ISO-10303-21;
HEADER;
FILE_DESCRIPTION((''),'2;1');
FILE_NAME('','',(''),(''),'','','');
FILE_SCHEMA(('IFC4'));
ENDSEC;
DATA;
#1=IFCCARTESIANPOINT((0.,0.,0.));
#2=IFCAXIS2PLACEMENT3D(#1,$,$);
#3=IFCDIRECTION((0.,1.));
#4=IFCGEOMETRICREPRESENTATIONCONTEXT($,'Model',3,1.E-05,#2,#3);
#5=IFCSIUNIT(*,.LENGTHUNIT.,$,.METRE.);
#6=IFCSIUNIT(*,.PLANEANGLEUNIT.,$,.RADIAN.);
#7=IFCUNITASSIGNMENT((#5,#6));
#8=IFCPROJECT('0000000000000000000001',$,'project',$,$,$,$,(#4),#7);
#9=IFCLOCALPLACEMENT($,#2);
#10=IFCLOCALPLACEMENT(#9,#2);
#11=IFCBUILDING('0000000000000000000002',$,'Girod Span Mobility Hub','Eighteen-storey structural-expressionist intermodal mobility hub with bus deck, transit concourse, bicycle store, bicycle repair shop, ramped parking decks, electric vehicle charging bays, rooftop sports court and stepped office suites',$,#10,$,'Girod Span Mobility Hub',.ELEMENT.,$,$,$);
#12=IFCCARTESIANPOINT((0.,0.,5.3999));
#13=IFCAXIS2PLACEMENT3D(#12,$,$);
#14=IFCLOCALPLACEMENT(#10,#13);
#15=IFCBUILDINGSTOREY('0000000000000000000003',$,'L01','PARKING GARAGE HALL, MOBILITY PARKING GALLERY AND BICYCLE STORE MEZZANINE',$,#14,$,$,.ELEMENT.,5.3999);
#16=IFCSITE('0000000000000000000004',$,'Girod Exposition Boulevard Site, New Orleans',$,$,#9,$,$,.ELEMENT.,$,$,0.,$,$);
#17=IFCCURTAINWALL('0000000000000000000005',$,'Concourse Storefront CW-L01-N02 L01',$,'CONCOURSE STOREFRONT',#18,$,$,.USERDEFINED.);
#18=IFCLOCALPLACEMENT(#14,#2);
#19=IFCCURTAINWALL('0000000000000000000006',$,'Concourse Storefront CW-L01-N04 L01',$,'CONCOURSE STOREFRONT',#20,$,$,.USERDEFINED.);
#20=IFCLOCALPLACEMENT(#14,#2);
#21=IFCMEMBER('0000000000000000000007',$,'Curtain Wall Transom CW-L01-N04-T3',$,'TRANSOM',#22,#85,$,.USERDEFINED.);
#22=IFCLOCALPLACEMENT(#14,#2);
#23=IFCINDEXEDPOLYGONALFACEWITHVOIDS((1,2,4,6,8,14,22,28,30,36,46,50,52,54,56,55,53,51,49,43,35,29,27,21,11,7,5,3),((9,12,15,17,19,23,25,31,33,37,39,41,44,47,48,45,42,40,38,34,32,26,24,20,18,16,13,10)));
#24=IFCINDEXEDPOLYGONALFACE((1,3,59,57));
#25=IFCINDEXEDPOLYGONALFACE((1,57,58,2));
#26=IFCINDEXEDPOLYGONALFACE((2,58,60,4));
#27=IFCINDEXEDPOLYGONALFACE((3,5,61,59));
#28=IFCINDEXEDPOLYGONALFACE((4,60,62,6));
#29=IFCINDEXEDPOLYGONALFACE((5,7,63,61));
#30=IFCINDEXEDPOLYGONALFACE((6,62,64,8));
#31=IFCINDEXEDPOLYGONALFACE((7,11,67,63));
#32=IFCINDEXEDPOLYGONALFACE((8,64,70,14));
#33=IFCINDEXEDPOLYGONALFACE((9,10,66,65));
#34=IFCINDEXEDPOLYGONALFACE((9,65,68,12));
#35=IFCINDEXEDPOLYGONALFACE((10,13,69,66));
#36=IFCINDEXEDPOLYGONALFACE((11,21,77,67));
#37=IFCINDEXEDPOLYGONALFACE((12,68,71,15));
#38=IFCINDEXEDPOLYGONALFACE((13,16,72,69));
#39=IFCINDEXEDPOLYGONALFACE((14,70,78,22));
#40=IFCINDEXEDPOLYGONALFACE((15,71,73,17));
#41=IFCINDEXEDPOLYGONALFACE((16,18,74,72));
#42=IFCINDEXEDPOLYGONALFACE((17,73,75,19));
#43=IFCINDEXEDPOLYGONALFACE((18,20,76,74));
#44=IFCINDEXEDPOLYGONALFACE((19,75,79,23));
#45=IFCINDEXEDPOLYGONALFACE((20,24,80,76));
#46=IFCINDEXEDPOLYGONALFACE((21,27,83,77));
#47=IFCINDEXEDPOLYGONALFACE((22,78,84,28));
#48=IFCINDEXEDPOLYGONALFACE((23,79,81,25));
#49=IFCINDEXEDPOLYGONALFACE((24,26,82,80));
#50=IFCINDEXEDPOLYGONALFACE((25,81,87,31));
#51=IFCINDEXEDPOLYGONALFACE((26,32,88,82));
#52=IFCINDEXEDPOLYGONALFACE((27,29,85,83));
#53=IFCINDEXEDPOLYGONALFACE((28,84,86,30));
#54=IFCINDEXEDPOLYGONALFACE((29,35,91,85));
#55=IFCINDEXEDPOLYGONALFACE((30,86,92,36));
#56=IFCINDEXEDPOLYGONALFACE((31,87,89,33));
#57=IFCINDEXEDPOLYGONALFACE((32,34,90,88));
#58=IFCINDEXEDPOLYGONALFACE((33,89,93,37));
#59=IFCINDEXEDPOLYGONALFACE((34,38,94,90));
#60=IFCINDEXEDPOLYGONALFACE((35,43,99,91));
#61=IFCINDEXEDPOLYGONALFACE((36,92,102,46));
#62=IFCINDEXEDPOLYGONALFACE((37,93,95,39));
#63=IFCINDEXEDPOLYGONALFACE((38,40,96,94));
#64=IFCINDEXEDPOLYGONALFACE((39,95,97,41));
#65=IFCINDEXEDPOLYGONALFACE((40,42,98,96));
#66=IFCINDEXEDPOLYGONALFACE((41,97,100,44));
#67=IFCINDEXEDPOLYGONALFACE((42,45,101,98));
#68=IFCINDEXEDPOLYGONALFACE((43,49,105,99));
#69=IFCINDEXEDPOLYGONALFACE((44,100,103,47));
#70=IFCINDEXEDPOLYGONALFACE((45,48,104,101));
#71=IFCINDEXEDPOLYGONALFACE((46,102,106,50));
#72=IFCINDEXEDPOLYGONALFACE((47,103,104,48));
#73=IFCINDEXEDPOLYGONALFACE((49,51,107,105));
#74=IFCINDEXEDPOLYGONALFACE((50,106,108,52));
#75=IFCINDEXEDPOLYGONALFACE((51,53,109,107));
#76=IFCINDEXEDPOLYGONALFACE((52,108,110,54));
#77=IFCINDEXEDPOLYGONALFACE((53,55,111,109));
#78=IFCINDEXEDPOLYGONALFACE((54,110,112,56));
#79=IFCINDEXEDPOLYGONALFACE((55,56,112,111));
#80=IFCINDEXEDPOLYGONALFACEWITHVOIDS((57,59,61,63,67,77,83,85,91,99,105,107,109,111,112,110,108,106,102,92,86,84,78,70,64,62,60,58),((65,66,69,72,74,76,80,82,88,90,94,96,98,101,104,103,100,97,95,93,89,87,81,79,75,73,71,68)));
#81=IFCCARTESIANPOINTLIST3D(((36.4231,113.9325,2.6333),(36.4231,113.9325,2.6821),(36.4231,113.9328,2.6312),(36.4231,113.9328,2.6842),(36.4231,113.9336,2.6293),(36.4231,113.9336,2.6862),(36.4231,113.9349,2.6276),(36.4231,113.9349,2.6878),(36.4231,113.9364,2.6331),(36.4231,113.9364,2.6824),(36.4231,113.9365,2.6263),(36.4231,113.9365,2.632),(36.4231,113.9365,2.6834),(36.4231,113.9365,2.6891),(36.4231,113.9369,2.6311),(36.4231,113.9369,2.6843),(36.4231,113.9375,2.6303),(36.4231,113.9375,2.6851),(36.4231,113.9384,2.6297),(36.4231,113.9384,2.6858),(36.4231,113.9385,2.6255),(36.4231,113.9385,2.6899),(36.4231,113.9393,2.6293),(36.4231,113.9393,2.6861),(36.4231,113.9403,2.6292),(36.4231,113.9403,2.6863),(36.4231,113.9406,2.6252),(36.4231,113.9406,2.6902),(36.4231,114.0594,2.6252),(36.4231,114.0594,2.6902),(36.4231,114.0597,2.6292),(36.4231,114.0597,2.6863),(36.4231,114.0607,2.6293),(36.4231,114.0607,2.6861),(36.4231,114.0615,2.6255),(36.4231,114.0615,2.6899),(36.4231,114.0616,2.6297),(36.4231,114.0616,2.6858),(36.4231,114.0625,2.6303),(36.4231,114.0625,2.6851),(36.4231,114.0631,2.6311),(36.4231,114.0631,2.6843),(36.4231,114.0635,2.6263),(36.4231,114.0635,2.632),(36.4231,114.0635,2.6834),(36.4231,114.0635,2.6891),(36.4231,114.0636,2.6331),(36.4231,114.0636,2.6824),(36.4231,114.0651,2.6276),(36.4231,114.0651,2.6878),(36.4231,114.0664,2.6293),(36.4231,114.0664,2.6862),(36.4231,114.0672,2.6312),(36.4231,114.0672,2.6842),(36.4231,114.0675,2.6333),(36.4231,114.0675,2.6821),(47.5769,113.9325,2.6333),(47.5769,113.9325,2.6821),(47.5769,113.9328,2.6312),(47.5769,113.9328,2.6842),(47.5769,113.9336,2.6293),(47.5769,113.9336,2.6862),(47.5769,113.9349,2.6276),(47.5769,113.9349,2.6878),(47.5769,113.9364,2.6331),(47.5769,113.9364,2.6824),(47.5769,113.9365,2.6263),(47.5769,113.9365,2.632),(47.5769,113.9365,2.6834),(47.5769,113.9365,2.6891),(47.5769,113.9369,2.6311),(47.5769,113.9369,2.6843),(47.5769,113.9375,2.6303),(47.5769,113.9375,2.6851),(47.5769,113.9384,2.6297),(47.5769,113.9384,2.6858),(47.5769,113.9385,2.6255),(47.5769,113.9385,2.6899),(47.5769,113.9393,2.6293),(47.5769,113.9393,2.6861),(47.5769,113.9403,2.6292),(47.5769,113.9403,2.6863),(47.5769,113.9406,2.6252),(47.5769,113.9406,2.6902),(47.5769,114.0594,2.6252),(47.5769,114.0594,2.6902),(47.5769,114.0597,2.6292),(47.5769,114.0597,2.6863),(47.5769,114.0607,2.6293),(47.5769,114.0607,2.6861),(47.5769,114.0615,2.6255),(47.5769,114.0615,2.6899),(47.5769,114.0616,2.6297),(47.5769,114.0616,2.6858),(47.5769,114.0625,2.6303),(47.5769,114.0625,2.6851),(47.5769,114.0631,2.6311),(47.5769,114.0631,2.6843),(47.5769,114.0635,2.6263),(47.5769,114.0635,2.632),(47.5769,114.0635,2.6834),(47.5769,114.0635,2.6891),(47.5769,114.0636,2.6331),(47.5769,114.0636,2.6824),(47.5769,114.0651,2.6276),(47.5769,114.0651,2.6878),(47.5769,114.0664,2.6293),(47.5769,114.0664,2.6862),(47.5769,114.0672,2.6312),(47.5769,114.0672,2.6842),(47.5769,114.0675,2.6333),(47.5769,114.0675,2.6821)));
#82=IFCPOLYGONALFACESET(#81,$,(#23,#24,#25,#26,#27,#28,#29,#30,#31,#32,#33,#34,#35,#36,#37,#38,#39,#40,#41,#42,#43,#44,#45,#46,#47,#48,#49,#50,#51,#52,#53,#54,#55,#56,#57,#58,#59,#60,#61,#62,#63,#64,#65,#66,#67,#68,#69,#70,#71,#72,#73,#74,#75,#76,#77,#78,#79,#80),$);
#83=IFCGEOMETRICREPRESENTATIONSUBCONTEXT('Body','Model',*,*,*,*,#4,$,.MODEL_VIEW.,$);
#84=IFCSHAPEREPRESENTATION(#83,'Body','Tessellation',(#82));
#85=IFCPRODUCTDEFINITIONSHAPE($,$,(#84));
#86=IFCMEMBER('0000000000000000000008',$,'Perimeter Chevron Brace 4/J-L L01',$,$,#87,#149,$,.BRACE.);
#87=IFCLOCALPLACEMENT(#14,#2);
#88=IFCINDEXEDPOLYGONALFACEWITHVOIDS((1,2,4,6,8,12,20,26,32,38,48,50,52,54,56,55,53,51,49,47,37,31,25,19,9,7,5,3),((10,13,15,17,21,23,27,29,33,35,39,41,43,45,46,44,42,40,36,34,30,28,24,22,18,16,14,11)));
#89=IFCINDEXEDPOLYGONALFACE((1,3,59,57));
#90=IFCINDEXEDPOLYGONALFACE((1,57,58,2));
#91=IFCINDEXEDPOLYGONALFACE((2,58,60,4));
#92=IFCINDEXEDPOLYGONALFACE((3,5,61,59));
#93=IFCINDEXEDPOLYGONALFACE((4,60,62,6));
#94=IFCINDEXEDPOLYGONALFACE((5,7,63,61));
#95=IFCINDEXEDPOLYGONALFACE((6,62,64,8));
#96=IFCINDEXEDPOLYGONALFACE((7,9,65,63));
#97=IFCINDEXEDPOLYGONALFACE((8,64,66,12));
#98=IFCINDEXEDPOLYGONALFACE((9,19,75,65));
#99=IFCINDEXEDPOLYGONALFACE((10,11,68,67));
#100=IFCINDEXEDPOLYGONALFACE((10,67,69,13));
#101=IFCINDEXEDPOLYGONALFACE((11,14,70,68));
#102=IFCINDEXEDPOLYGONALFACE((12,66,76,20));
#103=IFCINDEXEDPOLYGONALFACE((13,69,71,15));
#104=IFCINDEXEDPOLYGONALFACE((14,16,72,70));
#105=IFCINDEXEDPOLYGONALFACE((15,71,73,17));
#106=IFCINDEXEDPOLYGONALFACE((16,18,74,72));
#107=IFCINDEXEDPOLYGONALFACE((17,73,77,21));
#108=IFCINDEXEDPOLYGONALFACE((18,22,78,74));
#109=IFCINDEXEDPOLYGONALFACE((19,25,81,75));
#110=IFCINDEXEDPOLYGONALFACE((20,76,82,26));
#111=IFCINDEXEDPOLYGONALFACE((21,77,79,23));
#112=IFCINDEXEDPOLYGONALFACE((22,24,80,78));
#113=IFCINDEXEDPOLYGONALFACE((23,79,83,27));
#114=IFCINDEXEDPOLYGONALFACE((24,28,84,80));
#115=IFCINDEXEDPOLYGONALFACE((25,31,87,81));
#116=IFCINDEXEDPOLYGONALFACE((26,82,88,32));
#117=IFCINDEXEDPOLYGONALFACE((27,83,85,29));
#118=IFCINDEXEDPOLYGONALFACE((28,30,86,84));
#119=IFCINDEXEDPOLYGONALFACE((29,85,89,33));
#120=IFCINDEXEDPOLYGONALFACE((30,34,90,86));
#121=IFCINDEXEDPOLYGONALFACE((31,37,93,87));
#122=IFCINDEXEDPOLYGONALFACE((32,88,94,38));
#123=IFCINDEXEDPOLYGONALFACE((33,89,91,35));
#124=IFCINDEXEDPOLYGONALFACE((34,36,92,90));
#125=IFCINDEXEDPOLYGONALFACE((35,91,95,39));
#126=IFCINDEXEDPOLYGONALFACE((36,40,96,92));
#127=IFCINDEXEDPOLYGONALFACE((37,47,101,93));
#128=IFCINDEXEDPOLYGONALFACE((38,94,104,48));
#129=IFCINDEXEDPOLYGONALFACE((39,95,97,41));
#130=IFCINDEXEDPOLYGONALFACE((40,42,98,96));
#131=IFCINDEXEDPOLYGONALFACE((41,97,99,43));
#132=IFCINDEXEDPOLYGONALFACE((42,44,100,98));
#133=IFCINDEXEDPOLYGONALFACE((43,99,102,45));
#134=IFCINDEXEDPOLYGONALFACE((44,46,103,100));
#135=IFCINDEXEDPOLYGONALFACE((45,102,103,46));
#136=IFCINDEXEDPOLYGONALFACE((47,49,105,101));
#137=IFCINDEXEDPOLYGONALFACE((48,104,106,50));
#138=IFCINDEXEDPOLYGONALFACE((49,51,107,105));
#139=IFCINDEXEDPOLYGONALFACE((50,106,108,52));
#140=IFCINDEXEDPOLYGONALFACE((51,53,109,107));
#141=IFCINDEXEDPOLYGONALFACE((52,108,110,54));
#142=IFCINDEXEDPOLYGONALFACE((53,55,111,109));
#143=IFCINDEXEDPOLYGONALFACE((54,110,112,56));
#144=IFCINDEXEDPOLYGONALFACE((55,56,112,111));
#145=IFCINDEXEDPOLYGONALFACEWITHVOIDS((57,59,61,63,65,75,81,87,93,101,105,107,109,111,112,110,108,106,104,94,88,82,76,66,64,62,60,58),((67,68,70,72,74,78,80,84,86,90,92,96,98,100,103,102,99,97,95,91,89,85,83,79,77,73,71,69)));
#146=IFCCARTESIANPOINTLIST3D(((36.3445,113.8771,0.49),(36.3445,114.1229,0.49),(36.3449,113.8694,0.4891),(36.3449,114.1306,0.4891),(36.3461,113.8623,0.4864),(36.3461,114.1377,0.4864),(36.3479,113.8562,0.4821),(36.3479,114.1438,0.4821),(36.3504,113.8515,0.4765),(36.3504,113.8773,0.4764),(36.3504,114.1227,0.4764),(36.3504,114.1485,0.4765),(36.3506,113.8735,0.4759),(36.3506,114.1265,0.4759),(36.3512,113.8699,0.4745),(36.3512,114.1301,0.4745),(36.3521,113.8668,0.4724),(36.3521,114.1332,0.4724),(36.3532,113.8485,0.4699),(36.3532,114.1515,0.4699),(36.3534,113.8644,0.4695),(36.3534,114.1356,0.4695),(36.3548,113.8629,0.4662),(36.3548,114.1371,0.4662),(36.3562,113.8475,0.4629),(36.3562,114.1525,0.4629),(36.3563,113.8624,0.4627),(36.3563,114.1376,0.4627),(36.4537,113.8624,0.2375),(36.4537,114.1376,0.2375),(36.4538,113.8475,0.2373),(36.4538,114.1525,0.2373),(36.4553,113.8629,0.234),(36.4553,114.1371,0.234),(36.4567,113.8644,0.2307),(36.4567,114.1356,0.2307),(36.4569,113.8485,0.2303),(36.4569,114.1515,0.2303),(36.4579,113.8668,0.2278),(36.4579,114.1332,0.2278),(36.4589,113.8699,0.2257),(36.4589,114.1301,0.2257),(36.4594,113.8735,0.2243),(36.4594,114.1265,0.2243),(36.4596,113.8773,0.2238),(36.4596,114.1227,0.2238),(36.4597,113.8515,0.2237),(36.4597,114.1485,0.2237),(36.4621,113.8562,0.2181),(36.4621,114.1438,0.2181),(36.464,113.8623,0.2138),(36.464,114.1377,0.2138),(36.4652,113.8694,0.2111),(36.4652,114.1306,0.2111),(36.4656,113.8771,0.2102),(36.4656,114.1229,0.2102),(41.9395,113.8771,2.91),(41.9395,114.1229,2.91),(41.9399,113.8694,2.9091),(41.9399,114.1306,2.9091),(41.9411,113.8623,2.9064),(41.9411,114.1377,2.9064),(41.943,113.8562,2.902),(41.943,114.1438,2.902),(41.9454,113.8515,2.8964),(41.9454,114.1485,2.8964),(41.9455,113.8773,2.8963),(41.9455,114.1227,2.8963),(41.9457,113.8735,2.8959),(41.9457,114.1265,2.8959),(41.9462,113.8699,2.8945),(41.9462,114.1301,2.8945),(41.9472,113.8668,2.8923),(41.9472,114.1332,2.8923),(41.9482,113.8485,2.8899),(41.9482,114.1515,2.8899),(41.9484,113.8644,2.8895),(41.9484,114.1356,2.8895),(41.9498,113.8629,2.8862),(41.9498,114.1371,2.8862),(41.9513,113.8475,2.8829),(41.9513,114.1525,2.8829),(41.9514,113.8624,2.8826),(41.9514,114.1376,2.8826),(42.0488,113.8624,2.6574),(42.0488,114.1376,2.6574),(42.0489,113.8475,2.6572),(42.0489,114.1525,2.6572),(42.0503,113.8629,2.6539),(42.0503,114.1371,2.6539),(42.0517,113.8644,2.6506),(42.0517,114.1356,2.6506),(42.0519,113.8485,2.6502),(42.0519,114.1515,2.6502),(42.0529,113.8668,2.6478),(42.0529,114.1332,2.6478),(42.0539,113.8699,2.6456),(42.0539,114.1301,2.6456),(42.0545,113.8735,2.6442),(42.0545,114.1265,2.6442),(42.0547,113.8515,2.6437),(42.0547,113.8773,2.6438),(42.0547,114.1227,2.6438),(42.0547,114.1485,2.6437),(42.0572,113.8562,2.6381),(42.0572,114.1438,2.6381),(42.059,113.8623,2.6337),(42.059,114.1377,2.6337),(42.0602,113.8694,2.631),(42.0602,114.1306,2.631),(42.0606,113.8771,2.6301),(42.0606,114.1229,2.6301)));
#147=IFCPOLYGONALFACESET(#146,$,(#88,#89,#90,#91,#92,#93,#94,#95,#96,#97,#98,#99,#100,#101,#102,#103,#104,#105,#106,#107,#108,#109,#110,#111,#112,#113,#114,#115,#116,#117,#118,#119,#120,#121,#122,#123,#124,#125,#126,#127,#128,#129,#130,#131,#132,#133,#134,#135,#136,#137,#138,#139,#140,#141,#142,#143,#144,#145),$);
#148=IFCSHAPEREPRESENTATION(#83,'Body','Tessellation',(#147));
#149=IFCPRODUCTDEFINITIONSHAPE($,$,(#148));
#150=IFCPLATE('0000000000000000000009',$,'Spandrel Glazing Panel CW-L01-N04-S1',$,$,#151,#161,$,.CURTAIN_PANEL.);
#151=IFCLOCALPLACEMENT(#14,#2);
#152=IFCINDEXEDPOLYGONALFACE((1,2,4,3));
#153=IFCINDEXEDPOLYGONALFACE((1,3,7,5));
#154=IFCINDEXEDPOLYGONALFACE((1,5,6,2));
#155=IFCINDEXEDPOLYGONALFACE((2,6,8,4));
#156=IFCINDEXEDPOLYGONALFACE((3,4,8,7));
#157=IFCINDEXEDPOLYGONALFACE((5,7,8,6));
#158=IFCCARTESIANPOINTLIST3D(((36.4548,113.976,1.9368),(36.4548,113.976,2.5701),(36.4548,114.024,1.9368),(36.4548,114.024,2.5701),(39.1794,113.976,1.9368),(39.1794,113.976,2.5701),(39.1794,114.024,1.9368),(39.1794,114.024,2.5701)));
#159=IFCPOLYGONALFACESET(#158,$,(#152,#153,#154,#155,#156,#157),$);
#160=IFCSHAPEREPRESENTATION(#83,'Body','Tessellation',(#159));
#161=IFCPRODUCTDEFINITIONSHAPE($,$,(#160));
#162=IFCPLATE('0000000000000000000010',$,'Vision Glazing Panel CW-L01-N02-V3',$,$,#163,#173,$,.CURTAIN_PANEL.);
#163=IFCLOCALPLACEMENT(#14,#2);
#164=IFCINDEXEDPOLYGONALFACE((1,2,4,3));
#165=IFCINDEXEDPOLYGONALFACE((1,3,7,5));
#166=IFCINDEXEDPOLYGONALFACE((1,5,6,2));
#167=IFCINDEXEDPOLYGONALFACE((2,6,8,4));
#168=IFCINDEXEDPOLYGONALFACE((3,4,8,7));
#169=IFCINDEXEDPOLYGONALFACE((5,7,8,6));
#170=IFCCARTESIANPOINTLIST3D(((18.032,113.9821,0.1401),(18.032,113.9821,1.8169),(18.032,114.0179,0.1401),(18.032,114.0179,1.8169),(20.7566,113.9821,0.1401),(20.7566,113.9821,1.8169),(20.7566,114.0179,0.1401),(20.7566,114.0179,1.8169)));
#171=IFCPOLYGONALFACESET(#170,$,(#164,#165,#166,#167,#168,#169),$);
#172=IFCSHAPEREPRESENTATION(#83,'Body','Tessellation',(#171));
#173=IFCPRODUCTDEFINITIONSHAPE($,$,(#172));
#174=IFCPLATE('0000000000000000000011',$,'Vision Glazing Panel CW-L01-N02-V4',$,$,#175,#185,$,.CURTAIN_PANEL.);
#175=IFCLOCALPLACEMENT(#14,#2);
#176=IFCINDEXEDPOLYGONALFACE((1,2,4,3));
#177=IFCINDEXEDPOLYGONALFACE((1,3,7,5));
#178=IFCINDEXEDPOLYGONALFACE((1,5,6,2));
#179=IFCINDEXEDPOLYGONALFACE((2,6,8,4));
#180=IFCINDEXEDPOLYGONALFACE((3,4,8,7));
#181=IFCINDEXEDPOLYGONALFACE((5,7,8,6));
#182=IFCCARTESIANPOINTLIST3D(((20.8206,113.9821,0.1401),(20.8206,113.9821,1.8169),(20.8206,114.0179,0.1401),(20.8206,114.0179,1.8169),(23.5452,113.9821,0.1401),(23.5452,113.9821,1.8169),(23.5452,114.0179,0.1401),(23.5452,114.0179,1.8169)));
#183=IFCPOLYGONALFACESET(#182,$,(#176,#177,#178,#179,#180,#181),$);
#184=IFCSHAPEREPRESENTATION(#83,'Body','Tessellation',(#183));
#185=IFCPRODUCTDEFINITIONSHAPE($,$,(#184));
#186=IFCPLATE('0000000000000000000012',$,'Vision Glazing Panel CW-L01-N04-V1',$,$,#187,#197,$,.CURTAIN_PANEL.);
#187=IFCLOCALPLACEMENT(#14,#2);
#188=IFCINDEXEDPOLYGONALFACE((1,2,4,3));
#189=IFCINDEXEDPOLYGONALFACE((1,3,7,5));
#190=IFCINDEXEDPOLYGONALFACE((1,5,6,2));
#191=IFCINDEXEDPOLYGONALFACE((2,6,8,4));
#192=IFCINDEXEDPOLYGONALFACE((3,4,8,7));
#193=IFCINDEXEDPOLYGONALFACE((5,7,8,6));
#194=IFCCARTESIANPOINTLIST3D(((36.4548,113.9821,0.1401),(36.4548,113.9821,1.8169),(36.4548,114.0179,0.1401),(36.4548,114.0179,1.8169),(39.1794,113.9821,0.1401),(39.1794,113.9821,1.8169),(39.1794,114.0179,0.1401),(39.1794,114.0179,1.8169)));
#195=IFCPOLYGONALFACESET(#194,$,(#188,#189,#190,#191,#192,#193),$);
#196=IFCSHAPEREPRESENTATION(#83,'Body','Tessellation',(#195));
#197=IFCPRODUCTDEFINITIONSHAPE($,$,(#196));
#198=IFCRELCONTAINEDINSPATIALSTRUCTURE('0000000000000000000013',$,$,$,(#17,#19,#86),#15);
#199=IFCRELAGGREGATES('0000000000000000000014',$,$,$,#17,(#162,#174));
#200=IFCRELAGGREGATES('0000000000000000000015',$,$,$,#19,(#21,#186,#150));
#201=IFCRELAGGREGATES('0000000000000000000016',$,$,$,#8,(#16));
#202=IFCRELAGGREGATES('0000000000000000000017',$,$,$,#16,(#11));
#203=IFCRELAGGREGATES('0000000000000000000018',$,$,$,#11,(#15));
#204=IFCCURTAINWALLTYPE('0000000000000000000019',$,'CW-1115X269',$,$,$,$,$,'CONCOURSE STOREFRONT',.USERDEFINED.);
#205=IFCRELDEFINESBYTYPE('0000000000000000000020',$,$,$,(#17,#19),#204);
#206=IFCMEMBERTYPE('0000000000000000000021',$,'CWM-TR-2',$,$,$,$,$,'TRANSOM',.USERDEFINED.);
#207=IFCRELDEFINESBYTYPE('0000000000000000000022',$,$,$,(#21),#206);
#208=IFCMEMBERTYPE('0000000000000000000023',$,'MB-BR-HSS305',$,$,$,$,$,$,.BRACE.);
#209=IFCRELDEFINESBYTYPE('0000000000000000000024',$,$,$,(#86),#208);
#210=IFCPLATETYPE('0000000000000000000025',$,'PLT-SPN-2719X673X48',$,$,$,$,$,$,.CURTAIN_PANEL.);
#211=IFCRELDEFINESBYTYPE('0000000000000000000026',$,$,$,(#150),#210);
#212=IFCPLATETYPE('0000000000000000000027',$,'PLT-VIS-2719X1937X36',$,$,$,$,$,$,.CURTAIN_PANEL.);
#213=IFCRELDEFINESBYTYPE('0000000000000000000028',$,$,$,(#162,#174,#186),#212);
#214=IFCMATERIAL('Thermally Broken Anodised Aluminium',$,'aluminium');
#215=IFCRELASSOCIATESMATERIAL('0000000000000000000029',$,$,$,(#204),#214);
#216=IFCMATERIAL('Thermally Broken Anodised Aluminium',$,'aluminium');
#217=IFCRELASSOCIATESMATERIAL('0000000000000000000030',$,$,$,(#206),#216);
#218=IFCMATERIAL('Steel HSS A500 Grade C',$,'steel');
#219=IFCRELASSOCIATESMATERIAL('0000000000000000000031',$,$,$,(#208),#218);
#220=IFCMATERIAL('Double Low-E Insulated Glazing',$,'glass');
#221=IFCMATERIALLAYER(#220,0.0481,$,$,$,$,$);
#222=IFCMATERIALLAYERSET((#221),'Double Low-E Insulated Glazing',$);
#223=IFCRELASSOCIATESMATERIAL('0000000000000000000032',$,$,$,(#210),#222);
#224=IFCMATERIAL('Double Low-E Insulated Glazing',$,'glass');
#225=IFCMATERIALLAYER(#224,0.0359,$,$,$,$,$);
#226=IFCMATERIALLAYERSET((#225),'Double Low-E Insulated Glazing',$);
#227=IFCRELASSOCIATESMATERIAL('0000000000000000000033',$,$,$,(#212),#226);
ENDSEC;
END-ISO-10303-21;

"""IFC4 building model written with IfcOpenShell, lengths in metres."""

from ifc_helpers import new_model, si_unit, direction, frame, origin, origin_2d, place, context, subcontext, project, spatial, rectangle, hollow_rectangle, extrude, material, layer, layer_set, material_profile, profile_set, type_object, element, aggregate, save


model = new_model("IFC4")

# Units and contexts
model_context = context("Model", 3, precision=1e-05, world=origin(), true_north=direction((0.0, 1.0)))
body_context = subcontext(model_context, "Body", "Model", "MODEL_VIEW")
ifc_project = project(units=[si_unit("LENGTHUNIT", "METRE"), si_unit("PLANEANGLEUNIT", "RADIAN")], contexts=[model_context])

# Site, building, storey
site_placement = place(None, origin())
site = spatial("IfcSite", under=ifc_project, at=site_placement, Name="Girod Exposition Boulevard Site, New Orleans", CompositionType="ELEMENT", RefElevation=0.0)
building_placement = place(site_placement, origin())
building = spatial("IfcBuilding", under=site, at=building_placement, Name="Girod Span Mobility Hub", Description="Eighteen-storey structural-expressionist intermodal mobility hub with bus deck, transit concourse, bicycle store, bicycle repair shop, ramped parking decks, electric vehicle charging bays, rooftop sports court and stepped office suites", LongName="Girod Span Mobility Hub", CompositionType="ELEMENT")
storey_placement = place(building_placement, frame((0.0, 0.0, 5.3999)))
storey = spatial("IfcBuildingStorey", under=building, at=storey_placement, Name="L01", Description="PARKING GARAGE HALL, MOBILITY PARKING GALLERY AND BICYCLE STORE MEZZANINE", CompositionType="ELEMENT", Elevation=5.3999)

# Curtain walls, member
ifc_material_1 = material(Name="Thermally Broken Anodised Aluminium", Category="aluminium")
curtain_wall_type = type_object("IfcCurtainWallType", Name="CW-1115X269", ElementType="CONCOURSE STOREFRONT", PredefinedType="USERDEFINED", material=ifc_material_1)
curtain_wall_1_placement = place(storey_placement, origin())
curtain_wall_1 = element("IfcCurtainWall", 1, at=curtain_wall_1_placement, inside=storey, type_object=curtain_wall_type, Name="Concourse Storefront CW-L01-N02 L01", ObjectType="CONCOURSE STOREFRONT", PredefinedType="USERDEFINED")
curtain_wall_2_placement = place(storey_placement, origin())
curtain_wall_2 = element("IfcCurtainWall", 2, at=curtain_wall_2_placement, inside=storey, type_object=curtain_wall_type, Name="Concourse Storefront CW-L01-N04 L01", ObjectType="CONCOURSE STOREFRONT", PredefinedType="USERDEFINED")
ifc_material_2 = material(Name="Thermally Broken Anodised Aluminium", Category="aluminium")
ifc_material_profile_1 = material_profile(ifc_material_2, hollow_rectangle(XDim=0.135, YDim=0.0649, WallThickness=0.0039, InnerFilletRadius=0.0039, OuterFilletRadius=0.0081, at=origin_2d()), Name="CW-TR-65X135")
ifc_profile_set_1 = profile_set([ifc_material_profile_1], Name="Thermally Broken Anodised Aluminium")
member_type_1 = type_object("IfcMemberType", Name="CWM-TR-2", ElementType="TRANSOM", PredefinedType="USERDEFINED", material=ifc_profile_set_1)
member_1_placement = place(storey_placement, frame((36.4231, 114.0, 2.6577), z_axis=(1.0, 0.0, 0.0), x_axis=(0.0, 1.0, 0.0)))
member_1 = element("IfcMember", 3, at=member_1_placement, type_object=member_type_1, Name="Curtain Wall Transom CW-L01-N04-T3", ObjectType="TRANSOM", PredefinedType="USERDEFINED", context=body_context, shape_type="SweptSolid", body=[
    extrude(hollow_rectangle(XDim=0.135, YDim=0.0649, WallThickness=0.0039, InnerFilletRadius=0.0039, OuterFilletRadius=0.0081, at=origin_2d()), origin(), (0.0, 0.0, 1.0), 11.1538),
])

# Member
ifc_material_3 = material(Name="Steel HSS A500 Grade C", Category="steel")
ifc_material_profile_2 = material_profile(ifc_material_3, hollow_rectangle(XDim=0.3049, YDim=0.3049, WallThickness=0.0149, InnerFilletRadius=0.0149, OuterFilletRadius=0.0295, at=origin_2d()), Name="HSS305X305X16")
ifc_profile_set_2 = profile_set([ifc_material_profile_2], Name="Steel HSS A500 Grade C")
member_type_2 = type_object("IfcMemberType", Name="MB-BR-HSS305", PredefinedType="BRACE", material=ifc_profile_set_2)
member_2_placement = place(storey_placement, frame((36.405, 114.0, 0.3501), z_axis=(0.917829, 0.0, 0.396977), x_axis=(0.0, 1.0, 0.0)))
element("IfcMember", 4, at=member_2_placement, inside=storey, type_object=member_type_2, Name="Perimeter Chevron Brace 4/J-L L01", PredefinedType="BRACE", context=body_context, shape_type="SweptSolid", body=[
    extrude(hollow_rectangle(XDim=0.3049, YDim=0.3049, WallThickness=0.0149, InnerFilletRadius=0.0149, OuterFilletRadius=0.0295, at=origin_2d()), origin(), (0.0, 0.0, 1.0), 6.0959),
])

# Plates
ifc_material_4 = material(Name="Double Low-E Insulated Glazing", Category="glass")
ifc_layer_1 = layer(ifc_material_4, 0.0481)
ifc_layer_set_1 = layer_set([ifc_layer_1], Name="Double Low-E Insulated Glazing")
plate_type_1 = type_object("IfcPlateType", Name="PLT-SPN-2719X673X48", PredefinedType="CURTAIN_PANEL", material=ifc_layer_set_1)
plate_1_placement = place(storey_placement, frame((37.8171, 114.0, 1.9368), z_axis=(0.0, 0.0, 1.0), x_axis=(1.0, 0.0, 0.0)))
plate_1 = element("IfcPlate", 5, at=plate_1_placement, type_object=plate_type_1, Name="Spandrel Glazing Panel CW-L01-N04-S1", PredefinedType="CURTAIN_PANEL", context=body_context, shape_type="SweptSolid", body=[
    extrude(rectangle(XDim=2.7246, YDim=0.0481, at=origin_2d()), origin(), (0.0, 0.0, 1.0), 0.6333),
])
ifc_material_5 = material(Name="Double Low-E Insulated Glazing", Category="glass")
ifc_layer_2 = layer(ifc_material_5, 0.0359)
ifc_layer_set_2 = layer_set([ifc_layer_2], Name="Double Low-E Insulated Glazing")
plate_type_2 = type_object("IfcPlateType", Name="PLT-VIS-2719X1937X36", PredefinedType="CURTAIN_PANEL", material=ifc_layer_set_2)
plate_2_placement = place(storey_placement, frame((19.3943, 114.0, 0.1401), z_axis=(0.0, 0.0, 1.0), x_axis=(1.0, 0.0, 0.0)))
plate_2 = element("IfcPlate", 6, at=plate_2_placement, type_object=plate_type_2, Name="Vision Glazing Panel CW-L01-N02-V3", PredefinedType="CURTAIN_PANEL", context=body_context, shape_type="SweptSolid", body=[
    extrude(rectangle(XDim=2.7246, YDim=0.0359, at=origin_2d()), origin(), (0.0, 0.0, 1.0), 1.6768),
])
plate_3_placement = place(storey_placement, frame((22.1829, 114.0, 0.1401), z_axis=(0.0, 0.0, 1.0), x_axis=(1.0, 0.0, 0.0)))
plate_3 = element("IfcPlate", 7, at=plate_3_placement, type_object=plate_type_2, Name="Vision Glazing Panel CW-L01-N02-V4", PredefinedType="CURTAIN_PANEL", context=body_context, shape_type="SweptSolid", body=[
    extrude(rectangle(XDim=2.7246, YDim=0.0359, at=origin_2d()), origin(), (0.0, 0.0, 1.0), 1.6768),
])
aggregate(curtain_wall_1, [plate_2, plate_3])
plate_4_placement = place(storey_placement, frame((37.8171, 114.0, 0.1401), z_axis=(0.0, 0.0, 1.0), x_axis=(1.0, 0.0, 0.0)))
plate_4 = element("IfcPlate", 8, at=plate_4_placement, type_object=plate_type_2, Name="Vision Glazing Panel CW-L01-N04-V1", PredefinedType="CURTAIN_PANEL", context=body_context, shape_type="SweptSolid", body=[
    extrude(rectangle(XDim=2.7246, YDim=0.0359, at=origin_2d()), origin(), (0.0, 0.0, 1.0), 1.6768),
])
aggregate(curtain_wall_2, [member_1, plate_4, plate_1])

save(model, "model.ifc")
